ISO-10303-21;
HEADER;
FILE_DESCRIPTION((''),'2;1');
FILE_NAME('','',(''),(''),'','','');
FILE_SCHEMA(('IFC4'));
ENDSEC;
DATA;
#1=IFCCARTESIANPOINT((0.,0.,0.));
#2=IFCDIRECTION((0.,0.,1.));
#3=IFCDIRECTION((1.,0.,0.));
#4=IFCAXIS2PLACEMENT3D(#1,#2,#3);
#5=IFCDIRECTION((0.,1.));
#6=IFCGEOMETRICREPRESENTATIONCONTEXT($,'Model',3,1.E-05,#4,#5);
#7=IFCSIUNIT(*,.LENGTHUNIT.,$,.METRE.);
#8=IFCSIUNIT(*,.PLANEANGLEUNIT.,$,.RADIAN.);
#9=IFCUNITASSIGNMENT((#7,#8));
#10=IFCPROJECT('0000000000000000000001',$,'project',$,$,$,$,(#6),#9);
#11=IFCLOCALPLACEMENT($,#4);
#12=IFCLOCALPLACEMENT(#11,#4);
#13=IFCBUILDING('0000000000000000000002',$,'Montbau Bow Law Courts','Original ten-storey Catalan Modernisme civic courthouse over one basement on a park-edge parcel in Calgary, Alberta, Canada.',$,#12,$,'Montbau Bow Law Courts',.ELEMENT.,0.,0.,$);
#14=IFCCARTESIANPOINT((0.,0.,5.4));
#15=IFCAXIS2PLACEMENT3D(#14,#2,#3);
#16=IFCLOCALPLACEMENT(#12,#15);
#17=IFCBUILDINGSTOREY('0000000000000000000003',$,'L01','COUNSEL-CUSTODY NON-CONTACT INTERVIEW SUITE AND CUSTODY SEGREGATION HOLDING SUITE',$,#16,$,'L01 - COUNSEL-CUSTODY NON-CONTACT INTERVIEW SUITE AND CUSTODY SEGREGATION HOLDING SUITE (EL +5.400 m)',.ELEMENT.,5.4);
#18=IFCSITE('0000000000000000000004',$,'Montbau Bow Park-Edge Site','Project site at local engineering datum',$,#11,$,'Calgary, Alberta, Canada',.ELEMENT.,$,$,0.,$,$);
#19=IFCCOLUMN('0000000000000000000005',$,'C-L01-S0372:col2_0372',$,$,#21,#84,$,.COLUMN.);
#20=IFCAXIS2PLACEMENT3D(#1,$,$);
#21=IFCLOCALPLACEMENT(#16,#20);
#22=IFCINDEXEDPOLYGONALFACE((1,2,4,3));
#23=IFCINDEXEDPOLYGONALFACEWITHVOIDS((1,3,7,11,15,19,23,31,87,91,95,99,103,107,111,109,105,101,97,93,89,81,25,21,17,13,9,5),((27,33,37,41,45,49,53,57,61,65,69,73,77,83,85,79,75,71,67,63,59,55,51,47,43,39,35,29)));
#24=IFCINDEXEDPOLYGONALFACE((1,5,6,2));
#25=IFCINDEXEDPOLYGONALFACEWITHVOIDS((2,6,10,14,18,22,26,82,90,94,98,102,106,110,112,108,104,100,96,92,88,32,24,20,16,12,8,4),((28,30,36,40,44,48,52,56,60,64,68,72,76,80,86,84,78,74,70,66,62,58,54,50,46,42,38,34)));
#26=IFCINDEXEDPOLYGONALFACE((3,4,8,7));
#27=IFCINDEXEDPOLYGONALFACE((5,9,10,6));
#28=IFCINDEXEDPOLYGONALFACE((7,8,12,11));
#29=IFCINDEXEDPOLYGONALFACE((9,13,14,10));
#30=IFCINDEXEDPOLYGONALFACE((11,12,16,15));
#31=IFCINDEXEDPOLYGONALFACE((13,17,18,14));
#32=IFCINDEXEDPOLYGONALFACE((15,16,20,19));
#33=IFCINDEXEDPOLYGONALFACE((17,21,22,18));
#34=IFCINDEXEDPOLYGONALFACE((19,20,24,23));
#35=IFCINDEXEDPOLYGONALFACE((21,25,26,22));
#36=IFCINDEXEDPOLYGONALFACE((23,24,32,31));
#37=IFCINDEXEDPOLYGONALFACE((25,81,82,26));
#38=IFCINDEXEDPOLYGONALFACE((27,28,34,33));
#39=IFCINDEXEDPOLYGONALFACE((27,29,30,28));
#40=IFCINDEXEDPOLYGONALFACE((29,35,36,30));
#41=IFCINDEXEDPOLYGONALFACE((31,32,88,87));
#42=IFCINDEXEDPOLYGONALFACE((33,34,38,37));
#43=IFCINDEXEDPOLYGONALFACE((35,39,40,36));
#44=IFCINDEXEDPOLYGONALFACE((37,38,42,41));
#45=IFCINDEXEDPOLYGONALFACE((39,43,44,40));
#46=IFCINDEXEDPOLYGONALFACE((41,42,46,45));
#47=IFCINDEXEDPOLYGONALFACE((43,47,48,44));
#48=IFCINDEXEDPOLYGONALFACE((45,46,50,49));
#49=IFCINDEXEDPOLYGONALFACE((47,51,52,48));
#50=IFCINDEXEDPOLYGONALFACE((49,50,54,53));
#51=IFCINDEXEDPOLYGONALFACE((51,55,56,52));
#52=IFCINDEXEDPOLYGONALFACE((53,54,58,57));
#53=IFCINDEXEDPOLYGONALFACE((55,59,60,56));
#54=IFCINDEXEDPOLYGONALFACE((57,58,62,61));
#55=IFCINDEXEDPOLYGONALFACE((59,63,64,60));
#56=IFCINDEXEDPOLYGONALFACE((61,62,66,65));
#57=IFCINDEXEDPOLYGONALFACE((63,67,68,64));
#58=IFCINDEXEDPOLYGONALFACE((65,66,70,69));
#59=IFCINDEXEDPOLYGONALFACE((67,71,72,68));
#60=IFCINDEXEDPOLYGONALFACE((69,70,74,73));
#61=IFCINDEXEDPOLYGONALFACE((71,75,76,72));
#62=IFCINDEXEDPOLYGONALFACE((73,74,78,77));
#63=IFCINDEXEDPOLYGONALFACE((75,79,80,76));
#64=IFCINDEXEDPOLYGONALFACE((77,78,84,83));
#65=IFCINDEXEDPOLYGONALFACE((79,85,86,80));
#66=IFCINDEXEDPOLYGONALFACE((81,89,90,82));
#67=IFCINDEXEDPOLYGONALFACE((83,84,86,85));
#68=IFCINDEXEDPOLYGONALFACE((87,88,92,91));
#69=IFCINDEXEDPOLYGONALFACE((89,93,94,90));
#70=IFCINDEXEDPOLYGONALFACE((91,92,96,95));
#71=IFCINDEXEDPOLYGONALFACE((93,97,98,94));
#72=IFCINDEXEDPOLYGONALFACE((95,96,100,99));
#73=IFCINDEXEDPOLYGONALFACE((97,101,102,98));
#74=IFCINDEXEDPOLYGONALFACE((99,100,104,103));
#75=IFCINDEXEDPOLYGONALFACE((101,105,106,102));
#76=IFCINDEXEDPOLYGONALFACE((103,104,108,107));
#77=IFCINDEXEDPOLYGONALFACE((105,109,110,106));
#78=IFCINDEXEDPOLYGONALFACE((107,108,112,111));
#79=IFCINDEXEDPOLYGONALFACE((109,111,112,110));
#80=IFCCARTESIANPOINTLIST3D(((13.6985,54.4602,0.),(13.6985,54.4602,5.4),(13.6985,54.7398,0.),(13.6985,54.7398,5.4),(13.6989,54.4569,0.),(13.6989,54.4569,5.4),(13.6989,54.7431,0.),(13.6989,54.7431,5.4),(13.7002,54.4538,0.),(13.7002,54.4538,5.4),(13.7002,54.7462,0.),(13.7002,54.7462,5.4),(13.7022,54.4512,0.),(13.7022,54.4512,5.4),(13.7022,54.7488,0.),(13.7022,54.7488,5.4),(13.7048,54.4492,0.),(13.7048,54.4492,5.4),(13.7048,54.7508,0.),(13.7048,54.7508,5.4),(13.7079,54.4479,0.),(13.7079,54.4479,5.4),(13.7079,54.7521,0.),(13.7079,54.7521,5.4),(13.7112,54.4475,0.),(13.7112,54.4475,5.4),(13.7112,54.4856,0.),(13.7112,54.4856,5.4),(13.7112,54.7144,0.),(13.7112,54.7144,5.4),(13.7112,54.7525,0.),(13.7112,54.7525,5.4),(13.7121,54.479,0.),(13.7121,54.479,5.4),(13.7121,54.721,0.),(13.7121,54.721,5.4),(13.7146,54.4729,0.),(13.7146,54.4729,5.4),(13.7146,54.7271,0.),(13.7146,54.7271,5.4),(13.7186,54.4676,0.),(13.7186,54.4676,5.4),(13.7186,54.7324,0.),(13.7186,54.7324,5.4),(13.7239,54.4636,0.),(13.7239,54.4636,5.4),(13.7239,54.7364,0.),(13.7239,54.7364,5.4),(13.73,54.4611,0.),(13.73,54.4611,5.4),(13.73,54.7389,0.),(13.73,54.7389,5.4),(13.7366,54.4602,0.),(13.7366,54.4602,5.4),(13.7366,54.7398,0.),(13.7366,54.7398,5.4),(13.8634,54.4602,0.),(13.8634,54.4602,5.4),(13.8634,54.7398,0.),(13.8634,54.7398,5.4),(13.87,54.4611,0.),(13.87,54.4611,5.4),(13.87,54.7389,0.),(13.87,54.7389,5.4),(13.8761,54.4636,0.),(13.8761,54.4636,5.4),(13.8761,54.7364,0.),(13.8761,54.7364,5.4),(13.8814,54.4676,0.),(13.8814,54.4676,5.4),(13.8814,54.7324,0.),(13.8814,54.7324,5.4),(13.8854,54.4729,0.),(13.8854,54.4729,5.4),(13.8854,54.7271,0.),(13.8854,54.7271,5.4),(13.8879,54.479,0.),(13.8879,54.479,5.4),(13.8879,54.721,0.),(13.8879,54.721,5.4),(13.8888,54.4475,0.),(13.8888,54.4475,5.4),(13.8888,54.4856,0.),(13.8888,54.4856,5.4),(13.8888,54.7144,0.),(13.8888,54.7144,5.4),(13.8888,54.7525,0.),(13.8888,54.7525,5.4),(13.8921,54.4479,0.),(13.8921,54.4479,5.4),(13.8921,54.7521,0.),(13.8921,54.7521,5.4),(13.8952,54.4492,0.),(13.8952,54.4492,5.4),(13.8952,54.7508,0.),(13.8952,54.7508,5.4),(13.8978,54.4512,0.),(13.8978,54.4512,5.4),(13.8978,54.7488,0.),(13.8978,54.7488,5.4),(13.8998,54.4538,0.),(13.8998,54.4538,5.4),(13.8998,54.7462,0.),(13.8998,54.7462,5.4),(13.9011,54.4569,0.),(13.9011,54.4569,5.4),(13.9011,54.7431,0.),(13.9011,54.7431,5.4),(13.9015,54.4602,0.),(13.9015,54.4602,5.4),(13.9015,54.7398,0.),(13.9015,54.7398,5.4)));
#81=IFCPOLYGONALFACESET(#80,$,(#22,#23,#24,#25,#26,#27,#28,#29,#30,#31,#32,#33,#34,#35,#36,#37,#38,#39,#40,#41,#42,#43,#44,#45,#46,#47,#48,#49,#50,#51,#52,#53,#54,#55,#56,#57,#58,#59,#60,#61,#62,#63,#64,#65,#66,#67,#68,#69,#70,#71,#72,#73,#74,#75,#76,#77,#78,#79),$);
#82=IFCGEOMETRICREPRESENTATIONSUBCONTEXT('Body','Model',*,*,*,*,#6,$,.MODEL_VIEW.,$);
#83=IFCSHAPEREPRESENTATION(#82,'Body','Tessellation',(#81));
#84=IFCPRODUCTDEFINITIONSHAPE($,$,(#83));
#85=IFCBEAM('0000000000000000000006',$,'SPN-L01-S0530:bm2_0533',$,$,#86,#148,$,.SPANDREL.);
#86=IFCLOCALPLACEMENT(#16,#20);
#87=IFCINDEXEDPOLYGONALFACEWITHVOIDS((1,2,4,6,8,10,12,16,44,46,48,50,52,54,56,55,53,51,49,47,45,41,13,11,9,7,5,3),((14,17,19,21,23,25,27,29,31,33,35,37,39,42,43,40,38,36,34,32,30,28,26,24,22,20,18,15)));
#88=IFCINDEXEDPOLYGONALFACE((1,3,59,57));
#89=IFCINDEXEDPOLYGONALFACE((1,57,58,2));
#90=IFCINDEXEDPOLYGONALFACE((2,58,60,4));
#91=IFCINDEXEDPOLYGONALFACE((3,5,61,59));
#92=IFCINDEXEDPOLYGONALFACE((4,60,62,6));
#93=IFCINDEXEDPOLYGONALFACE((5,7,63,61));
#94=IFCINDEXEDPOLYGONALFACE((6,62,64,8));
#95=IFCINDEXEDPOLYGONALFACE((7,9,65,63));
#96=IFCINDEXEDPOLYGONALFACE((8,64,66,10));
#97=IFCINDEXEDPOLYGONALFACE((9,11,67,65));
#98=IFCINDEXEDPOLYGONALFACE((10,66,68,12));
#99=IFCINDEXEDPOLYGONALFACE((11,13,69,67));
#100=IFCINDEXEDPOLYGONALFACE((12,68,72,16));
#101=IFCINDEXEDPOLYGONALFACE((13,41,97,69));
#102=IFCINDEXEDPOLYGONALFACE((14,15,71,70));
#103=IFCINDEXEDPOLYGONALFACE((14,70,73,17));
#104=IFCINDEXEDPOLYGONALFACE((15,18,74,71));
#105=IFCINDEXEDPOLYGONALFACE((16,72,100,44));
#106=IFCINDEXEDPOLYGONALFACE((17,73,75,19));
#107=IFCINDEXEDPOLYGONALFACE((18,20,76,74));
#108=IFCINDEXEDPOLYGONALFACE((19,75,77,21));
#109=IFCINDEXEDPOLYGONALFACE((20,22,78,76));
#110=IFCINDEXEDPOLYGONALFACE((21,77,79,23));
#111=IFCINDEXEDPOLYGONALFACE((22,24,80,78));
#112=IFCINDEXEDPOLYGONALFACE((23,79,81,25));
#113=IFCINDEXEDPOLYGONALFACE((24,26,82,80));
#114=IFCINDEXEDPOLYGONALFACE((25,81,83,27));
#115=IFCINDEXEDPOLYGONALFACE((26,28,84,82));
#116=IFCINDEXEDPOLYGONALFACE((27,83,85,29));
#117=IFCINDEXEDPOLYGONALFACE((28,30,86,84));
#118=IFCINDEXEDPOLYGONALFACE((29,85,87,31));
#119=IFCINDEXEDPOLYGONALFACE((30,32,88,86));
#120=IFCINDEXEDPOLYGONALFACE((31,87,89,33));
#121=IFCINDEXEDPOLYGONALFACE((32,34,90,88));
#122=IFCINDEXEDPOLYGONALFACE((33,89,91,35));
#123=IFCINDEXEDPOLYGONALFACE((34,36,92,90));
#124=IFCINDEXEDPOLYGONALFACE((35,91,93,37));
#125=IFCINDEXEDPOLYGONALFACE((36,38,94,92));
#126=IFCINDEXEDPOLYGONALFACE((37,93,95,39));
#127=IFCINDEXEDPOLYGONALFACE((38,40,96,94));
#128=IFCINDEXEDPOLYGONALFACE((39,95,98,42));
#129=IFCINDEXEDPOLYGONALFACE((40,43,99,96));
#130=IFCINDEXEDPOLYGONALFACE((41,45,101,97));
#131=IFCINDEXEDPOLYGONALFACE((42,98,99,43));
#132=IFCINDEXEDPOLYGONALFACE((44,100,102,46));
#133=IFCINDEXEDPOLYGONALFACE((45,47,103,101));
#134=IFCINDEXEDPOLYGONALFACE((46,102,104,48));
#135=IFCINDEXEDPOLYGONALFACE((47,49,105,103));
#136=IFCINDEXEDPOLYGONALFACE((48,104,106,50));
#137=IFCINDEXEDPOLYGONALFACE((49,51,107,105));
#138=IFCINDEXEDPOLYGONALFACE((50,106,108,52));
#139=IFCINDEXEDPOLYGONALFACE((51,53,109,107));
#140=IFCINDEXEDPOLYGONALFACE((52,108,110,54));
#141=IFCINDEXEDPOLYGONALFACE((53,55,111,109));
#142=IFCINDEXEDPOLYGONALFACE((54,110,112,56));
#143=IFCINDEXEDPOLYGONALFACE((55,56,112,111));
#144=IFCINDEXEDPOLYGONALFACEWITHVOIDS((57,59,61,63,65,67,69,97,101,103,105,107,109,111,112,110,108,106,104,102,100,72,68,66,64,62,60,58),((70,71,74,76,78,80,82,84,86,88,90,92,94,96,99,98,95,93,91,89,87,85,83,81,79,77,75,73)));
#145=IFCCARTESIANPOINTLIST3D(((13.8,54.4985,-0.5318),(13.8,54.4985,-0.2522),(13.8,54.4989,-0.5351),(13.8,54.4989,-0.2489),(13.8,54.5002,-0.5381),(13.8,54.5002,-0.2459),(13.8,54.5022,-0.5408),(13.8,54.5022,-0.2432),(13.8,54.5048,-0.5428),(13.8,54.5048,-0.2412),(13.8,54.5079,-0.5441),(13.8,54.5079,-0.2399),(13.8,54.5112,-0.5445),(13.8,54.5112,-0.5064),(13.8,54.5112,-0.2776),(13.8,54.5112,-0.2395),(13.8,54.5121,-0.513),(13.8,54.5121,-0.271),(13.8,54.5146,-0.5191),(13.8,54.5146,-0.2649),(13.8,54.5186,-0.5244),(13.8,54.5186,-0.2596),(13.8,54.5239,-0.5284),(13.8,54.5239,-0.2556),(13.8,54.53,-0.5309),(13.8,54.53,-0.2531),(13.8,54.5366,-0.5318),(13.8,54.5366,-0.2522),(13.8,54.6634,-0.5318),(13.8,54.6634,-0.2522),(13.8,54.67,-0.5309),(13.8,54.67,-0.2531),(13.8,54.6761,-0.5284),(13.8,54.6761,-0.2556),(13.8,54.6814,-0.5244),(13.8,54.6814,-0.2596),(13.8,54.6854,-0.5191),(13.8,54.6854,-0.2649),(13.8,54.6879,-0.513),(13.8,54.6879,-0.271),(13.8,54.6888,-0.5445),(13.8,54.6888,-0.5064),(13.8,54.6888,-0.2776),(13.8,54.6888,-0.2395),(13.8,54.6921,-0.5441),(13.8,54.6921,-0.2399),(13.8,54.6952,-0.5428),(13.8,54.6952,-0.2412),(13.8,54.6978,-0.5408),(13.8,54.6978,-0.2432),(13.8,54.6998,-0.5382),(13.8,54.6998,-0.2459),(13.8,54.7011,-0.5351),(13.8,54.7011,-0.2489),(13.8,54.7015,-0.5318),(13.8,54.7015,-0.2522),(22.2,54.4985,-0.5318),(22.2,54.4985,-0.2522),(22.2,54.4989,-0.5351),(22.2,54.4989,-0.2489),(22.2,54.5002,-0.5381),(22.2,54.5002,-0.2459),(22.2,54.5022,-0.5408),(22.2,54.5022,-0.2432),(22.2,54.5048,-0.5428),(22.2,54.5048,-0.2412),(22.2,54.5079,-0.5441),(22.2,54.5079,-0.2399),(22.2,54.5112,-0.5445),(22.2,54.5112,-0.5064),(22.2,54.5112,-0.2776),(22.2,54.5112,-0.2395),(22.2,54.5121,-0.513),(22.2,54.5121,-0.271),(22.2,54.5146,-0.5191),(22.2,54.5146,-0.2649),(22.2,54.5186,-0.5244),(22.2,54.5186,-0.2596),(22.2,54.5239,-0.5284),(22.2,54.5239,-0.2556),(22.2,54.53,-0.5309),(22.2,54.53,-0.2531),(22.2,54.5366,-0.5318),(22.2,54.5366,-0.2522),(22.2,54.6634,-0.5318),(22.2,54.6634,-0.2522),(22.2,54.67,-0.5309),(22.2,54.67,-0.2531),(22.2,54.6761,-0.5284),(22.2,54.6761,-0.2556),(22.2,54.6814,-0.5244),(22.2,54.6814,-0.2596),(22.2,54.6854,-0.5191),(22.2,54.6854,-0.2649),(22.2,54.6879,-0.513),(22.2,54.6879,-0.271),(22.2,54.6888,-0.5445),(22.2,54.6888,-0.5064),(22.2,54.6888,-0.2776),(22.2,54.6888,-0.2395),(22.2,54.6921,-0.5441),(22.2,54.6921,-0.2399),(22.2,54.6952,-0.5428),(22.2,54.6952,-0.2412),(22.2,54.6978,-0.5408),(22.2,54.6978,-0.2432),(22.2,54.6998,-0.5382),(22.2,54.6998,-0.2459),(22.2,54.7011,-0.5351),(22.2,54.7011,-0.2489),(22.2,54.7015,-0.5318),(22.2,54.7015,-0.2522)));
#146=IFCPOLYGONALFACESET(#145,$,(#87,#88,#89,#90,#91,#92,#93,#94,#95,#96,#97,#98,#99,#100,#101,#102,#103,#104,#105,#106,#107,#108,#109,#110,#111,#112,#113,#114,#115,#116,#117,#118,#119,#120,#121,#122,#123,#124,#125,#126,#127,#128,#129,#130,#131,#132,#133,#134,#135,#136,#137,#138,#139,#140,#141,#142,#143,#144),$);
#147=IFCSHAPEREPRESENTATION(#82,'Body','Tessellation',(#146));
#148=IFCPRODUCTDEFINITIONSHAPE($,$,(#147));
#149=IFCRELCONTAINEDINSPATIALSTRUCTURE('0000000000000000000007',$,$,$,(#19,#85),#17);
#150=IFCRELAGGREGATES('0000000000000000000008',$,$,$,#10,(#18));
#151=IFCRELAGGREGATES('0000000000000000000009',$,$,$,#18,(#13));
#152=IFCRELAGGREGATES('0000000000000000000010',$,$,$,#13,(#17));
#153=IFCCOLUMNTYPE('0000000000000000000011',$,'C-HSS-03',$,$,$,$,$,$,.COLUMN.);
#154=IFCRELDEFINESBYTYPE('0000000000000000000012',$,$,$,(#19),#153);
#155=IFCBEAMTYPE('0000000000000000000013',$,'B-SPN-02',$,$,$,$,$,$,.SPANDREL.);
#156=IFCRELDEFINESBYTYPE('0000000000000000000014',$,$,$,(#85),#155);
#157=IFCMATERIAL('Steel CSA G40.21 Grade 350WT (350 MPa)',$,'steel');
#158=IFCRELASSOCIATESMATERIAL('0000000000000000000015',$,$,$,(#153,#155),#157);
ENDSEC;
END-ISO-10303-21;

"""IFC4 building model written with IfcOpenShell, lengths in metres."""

from ifc_helpers import new_model, si_unit, direction, frame, origin_with_axes, origin_2d_with_axis, place, context, subcontext, project, spatial, hollow_rectangle, extrude, material, material_profile, profile_set, type_object, element, save


model = new_model("IFC4")

# Units and contexts
model_context = context("Model", 3, precision=1e-05, world=origin_with_axes(), true_north=direction((0.0, 1.0)))
body_context = subcontext(model_context, "Body", "Model", "MODEL_VIEW")
ifc_project = project(units=[si_unit("LENGTHUNIT", "METRE"), si_unit("PLANEANGLEUNIT", "RADIAN")], contexts=[model_context])

# Site, building, storey
site_placement = place(None, origin_with_axes())
site = spatial("IfcSite", under=ifc_project, at=site_placement, Name="Montbau Bow Park-Edge Site", Description="Project site at local engineering datum", LongName="Calgary, Alberta, Canada", CompositionType="ELEMENT", RefElevation=0.0)
building_placement = place(site_placement, origin_with_axes())
building = spatial("IfcBuilding", under=site, at=building_placement, Name="Montbau Bow Law Courts", Description="Original ten-storey Catalan Modernisme civic courthouse over one basement on a park-edge parcel in Calgary, Alberta, Canada.", LongName="Montbau Bow Law Courts", CompositionType="ELEMENT", ElevationOfRefHeight=0.0, ElevationOfTerrain=0.0)
storey_placement = place(building_placement, frame((0.0, 0.0, 5.4), z_axis=(0.0, 0.0, 1.0), x_axis=(1.0, 0.0, 0.0)))
storey = spatial("IfcBuildingStorey", under=building, at=storey_placement, Name="L01", Description="COUNSEL-CUSTODY NON-CONTACT INTERVIEW SUITE AND CUSTODY SEGREGATION HOLDING SUITE", LongName="L01 - COUNSEL-CUSTODY NON-CONTACT INTERVIEW SUITE AND CUSTODY SEGREGATION HOLDING SUITE (EL +5.400 m)", CompositionType="ELEMENT", Elevation=5.4)

# Column
ifc_material_1 = material(Name="Steel CSA G40.21 Grade 350WT (350 MPa)", Category="steel")
ifc_material_profile_1 = material_profile(ifc_material_1, hollow_rectangle(XDim=0.203, YDim=0.305, WallThickness=0.0127, InnerFilletRadius=0.0254, OuterFilletRadius=0.0127, at=origin_2d_with_axis()), Name="HSS305X203X13", Category="Main", Priority=0)
ifc_profile_set_1 = profile_set([ifc_material_profile_1], Name="Steel CSA G40.21 Grade 350WT (350 MPa)")
column_type = type_object("IfcColumnType", Name="C-HSS-03", PredefinedType="COLUMN", material=ifc_profile_set_1)
column_placement = place(None, frame((13.8, 54.6, 5.4), z_axis=(0.0, 0.0, 1.0), x_axis=(1.0, 0.0, 0.0)))
element("IfcColumn", 1, at=column_placement, inside=storey, type_object=column_type, Name="C-L01-S0372:col2_0372", PredefinedType="COLUMN", context=body_context, shape_type="SweptSolid", body=[
    extrude(hollow_rectangle(XDim=0.203, YDim=0.305, WallThickness=0.0127, InnerFilletRadius=0.0254, OuterFilletRadius=0.0127, at=origin_2d_with_axis()), origin_with_axes(), (0.0, 0.0, 1.0), 5.4),
])

# Beam
ifc_material_profile_2 = material_profile(ifc_material_1, hollow_rectangle(XDim=0.203, YDim=0.305, WallThickness=0.0127, InnerFilletRadius=0.0254, OuterFilletRadius=0.0127, at=origin_2d_with_axis()), Name="HSS305X203X13", Category="Main", Priority=0)
ifc_profile_set_2 = profile_set([ifc_material_profile_2], Name="Steel CSA G40.21 Grade 350WT (350 MPa)")
beam_type = type_object("IfcBeamType", Name="B-SPN-02", PredefinedType="SPANDREL", material=ifc_profile_set_2)
beam_placement = place(None, frame((13.8, 54.6, 5.008), z_axis=(1.0, 0.0, 0.0), x_axis=(0.0, 1.0, 0.0)))
element("IfcBeam", 2, at=beam_placement, inside=storey, type_object=beam_type, Name="SPN-L01-S0530:bm2_0533", PredefinedType="SPANDREL", context=body_context, shape_type="SweptSolid", body=[
    extrude(hollow_rectangle(XDim=0.203, YDim=0.305, WallThickness=0.0127, InnerFilletRadius=0.0254, OuterFilletRadius=0.0127, at=origin_2d_with_axis()), origin_with_axes(), (0.0, 0.0, 1.0), 8.4),
])

save(model, "model.ifc")
